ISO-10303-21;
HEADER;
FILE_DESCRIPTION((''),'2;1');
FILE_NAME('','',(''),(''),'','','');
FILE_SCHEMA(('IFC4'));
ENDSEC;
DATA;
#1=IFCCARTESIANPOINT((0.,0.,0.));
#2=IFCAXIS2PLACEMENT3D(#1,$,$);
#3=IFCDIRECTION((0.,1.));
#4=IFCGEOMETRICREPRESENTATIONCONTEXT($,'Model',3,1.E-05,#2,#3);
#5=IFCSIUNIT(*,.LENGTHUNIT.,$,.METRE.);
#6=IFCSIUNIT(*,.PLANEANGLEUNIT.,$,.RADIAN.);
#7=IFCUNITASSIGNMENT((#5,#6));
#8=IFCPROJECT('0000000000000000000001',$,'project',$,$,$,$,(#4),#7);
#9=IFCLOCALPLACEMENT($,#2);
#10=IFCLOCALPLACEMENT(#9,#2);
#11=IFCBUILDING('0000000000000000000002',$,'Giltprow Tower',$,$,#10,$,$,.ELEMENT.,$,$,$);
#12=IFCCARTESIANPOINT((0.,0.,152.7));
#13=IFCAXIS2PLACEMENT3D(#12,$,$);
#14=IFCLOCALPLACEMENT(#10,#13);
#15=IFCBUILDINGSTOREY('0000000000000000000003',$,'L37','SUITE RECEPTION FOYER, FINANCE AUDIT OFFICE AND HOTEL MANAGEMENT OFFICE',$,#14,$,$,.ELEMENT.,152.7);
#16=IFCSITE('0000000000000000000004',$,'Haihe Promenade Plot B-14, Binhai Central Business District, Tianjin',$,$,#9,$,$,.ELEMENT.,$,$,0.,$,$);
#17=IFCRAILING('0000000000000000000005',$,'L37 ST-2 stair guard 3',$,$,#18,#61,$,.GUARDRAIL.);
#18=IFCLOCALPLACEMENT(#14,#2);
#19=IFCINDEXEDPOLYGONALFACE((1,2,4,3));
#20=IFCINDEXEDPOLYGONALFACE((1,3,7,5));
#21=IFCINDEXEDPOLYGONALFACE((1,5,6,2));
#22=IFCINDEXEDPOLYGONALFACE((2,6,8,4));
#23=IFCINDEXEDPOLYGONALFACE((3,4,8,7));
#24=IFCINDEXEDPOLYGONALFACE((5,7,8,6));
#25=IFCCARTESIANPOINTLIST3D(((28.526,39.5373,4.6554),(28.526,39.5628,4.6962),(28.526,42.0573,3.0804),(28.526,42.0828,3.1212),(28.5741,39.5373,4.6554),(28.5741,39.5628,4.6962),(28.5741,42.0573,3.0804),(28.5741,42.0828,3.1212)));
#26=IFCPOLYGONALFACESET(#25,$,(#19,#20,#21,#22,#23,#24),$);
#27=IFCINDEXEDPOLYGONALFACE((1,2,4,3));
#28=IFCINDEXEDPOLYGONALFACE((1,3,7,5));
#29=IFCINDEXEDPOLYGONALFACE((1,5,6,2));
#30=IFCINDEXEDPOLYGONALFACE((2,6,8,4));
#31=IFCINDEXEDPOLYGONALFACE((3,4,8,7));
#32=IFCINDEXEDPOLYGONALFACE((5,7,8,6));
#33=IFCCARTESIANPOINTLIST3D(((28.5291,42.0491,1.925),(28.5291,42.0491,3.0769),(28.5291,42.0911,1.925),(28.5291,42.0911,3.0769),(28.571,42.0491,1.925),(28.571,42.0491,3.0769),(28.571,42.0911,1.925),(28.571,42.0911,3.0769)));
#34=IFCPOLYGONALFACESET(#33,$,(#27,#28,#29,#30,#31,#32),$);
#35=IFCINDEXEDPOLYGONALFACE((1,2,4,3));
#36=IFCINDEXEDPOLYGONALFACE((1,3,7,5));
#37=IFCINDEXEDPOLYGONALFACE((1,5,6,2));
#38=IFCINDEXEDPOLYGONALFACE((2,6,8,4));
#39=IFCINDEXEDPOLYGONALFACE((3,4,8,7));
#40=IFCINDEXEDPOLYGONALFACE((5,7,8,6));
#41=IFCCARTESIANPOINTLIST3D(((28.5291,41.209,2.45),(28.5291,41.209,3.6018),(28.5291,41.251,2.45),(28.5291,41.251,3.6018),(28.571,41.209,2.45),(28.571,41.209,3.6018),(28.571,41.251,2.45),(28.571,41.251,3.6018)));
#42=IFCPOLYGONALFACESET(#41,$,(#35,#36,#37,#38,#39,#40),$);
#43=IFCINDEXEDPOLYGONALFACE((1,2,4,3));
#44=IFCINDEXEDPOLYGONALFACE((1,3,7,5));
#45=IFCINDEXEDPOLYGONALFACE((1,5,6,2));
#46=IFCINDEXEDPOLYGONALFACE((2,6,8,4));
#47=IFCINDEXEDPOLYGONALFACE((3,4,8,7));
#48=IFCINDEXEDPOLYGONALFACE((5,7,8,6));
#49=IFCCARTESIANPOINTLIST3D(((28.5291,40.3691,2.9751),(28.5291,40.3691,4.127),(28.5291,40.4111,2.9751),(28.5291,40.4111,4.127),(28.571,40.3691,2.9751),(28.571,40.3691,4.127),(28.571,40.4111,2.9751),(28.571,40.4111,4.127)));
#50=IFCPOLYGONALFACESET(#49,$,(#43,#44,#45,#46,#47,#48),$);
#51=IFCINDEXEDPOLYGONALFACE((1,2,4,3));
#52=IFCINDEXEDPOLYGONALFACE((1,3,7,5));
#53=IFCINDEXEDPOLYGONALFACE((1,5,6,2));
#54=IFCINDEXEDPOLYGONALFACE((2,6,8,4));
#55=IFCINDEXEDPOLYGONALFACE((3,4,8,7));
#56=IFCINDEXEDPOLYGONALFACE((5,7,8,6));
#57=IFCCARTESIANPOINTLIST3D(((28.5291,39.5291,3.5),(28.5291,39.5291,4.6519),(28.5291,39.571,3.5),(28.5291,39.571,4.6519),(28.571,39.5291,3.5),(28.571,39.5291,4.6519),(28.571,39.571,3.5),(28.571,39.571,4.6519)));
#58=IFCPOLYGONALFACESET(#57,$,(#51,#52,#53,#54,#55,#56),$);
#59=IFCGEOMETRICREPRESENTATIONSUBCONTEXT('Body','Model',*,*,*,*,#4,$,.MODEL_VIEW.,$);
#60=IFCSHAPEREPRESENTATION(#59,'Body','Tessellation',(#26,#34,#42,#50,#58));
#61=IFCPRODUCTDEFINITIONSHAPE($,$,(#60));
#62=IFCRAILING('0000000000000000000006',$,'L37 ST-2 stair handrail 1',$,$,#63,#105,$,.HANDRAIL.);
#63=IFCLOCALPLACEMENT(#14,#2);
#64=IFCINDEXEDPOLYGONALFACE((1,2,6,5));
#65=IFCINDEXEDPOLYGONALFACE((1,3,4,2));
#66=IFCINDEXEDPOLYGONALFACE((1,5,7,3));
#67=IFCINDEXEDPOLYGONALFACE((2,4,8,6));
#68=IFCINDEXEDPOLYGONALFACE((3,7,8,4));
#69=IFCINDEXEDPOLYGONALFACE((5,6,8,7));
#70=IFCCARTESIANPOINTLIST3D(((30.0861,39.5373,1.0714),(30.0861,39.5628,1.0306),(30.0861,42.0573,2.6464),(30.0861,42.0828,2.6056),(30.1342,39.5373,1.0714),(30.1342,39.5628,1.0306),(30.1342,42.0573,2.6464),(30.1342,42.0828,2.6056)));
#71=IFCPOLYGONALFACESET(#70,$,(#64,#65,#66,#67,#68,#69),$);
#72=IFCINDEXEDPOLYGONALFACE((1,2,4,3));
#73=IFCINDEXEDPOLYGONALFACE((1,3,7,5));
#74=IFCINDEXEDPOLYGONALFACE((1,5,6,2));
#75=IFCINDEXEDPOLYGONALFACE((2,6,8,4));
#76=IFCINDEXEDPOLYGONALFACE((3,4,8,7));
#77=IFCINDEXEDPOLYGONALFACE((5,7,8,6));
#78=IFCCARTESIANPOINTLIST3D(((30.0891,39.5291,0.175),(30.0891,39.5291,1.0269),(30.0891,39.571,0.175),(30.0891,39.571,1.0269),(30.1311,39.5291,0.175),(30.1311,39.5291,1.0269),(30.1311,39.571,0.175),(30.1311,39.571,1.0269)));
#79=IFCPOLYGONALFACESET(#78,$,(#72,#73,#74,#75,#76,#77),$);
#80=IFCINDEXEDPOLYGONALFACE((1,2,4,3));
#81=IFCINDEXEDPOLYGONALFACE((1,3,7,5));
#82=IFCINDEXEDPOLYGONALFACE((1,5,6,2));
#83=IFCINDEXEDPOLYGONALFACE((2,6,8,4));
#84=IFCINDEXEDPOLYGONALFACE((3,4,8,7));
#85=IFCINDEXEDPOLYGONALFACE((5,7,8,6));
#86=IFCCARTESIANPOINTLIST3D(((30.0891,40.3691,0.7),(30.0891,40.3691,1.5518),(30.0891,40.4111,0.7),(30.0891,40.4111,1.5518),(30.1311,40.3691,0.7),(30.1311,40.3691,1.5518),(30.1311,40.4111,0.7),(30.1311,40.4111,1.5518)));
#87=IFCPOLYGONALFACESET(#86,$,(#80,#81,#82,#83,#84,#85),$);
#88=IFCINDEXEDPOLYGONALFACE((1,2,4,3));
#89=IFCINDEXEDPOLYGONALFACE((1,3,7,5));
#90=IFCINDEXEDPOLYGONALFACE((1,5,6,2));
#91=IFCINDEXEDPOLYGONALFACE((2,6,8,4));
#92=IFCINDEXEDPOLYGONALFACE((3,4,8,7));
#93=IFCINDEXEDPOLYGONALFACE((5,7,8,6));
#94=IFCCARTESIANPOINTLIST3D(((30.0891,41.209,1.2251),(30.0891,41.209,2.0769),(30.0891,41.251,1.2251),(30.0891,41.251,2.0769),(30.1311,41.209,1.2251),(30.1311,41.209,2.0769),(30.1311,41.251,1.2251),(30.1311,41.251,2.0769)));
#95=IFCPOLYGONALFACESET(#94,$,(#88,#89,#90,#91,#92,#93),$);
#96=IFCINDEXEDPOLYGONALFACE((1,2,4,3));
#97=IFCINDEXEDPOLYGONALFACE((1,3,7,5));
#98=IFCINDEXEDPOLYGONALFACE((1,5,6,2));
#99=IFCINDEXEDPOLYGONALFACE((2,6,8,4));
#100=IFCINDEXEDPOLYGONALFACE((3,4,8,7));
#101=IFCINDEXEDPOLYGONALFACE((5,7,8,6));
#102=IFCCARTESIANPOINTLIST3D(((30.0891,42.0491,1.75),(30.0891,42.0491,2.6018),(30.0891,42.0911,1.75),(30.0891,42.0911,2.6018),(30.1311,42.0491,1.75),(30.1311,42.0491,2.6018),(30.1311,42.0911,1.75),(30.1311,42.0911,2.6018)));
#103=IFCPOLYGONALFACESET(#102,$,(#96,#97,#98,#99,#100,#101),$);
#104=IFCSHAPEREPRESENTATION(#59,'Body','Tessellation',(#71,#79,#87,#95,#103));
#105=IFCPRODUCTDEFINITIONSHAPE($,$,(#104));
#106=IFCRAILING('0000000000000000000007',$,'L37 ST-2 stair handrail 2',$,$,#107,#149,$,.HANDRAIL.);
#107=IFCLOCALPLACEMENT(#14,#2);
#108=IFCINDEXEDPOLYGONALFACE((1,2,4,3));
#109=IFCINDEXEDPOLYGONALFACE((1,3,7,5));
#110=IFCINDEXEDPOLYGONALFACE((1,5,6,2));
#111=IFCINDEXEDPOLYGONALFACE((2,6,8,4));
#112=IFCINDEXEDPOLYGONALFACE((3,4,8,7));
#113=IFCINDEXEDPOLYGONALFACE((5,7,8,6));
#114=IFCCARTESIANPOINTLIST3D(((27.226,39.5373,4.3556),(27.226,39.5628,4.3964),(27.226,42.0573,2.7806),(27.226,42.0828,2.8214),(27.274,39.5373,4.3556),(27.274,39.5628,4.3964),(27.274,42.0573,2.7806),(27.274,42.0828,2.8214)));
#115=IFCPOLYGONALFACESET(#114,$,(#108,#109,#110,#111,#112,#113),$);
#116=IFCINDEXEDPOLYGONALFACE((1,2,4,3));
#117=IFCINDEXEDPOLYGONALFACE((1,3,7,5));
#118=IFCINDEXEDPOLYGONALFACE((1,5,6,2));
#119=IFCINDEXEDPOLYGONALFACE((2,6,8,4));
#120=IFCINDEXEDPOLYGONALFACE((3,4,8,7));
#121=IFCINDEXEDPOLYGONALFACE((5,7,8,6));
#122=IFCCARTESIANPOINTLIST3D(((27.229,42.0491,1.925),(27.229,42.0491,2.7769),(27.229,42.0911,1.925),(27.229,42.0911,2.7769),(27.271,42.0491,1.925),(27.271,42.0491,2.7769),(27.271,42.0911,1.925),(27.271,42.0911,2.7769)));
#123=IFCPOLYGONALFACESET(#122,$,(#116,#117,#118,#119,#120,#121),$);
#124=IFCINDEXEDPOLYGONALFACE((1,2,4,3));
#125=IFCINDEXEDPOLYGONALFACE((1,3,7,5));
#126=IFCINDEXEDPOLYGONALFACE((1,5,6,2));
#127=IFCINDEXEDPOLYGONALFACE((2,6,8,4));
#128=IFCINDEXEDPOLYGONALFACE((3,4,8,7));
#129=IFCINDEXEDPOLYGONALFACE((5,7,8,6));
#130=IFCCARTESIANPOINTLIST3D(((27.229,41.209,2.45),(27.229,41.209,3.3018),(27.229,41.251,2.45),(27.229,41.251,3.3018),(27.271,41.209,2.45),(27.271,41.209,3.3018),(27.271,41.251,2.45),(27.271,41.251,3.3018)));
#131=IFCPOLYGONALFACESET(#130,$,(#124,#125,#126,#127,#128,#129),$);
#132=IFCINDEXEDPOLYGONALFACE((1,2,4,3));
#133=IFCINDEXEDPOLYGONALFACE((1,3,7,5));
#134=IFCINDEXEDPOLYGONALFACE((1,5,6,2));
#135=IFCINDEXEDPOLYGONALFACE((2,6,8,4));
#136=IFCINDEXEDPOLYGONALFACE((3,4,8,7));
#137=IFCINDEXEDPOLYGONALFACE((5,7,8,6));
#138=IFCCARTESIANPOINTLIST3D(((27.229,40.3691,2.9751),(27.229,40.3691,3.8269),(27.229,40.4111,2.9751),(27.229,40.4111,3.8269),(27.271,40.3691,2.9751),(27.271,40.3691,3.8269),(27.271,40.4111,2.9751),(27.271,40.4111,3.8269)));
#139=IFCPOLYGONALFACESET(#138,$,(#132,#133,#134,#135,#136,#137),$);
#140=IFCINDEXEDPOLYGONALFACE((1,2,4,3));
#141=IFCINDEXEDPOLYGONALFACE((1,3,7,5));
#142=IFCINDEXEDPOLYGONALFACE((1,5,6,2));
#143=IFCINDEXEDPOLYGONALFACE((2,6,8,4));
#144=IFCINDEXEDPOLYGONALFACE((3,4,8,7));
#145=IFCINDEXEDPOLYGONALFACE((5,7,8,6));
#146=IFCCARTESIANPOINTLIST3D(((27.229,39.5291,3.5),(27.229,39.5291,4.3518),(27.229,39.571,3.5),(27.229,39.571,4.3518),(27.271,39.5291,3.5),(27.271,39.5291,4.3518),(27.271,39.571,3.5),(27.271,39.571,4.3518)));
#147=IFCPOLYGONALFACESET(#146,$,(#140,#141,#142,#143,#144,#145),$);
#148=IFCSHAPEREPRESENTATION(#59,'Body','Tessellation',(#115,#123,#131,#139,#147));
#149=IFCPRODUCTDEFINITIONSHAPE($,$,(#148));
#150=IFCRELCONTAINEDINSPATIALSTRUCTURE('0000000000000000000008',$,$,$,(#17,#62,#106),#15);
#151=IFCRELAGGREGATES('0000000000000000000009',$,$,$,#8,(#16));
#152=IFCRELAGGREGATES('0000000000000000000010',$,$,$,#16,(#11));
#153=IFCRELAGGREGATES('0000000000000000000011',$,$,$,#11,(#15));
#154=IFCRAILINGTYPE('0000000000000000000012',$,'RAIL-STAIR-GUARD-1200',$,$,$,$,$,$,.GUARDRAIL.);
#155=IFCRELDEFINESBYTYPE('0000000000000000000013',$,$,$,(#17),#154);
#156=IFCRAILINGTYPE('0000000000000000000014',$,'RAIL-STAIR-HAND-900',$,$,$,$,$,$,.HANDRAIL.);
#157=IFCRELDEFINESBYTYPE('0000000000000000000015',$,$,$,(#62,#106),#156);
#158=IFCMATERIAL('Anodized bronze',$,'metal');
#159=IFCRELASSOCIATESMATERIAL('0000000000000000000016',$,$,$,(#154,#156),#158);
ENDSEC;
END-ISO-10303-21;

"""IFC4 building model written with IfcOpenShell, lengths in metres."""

from ifc_helpers import new_model, si_unit, direction, frame, origin, origin_2d, place, context, subcontext, project, spatial, rectangle, extrude, material, type_object, element, save


model = new_model("IFC4")

# Units and contexts
model_context = context("Model", 3, precision=1e-05, world=origin(), true_north=direction((0.0, 1.0)))
body_context = subcontext(model_context, "Body", "Model", "MODEL_VIEW")
ifc_project = project(units=[si_unit("LENGTHUNIT", "METRE"), si_unit("PLANEANGLEUNIT", "RADIAN")], contexts=[model_context])

# Site, building, storey
site_placement = place(None, origin())
site = spatial("IfcSite", under=ifc_project, at=site_placement, Name="Haihe Promenade Plot B-14, Binhai Central Business District, Tianjin", CompositionType="ELEMENT", RefElevation=0.0)
building_placement = place(site_placement, origin())
building = spatial("IfcBuilding", under=site, at=building_placement, Name="Giltprow Tower", CompositionType="ELEMENT")
storey_placement = place(building_placement, frame((0.0, 0.0, 152.7)))
storey = spatial("IfcBuildingStorey", under=building, at=storey_placement, Name="L37", Description="SUITE RECEPTION FOYER, FINANCE AUDIT OFFICE AND HOTEL MANAGEMENT OFFICE", CompositionType="ELEMENT", Elevation=152.7)

# Railings
ifc_material_1 = material(Name="Anodized bronze", Category="metal")
railing_type_1 = type_object("IfcRailingType", Name="RAIL-STAIR-GUARD-1200", PredefinedType="GUARDRAIL", material=ifc_material_1)
railing_1_placement = place(storey_placement, frame((28.55, 42.0701, 1.925)))
element("IfcRailing", 1, at=railing_1_placement, inside=storey, type_object=railing_type_1, Name="L37 ST-2 stair guard 3", PredefinedType="GUARDRAIL", context=body_context, shape_type="SweptSolid", body=[
    extrude(rectangle(XDim=0.0481, YDim=0.0481, at=origin_2d()), frame((0.0, 0.0, 1.1758), z_axis=(0.0, -0.848008, 0.529984), x_axis=(1.0, 0.0, 0.0)), (0.0, 0.0, 1.0), 2.9717),
    extrude(rectangle(XDim=0.042, YDim=0.042, at=origin_2d()), origin(), (0.0, 0.0, 1.0), 1.1519),
    extrude(rectangle(XDim=0.042, YDim=0.042, at=origin_2d()), frame((0.0, -0.8401, 0.5249)), (0.0, 0.0, 1.0), 1.1519),
    extrude(rectangle(XDim=0.042, YDim=0.042, at=origin_2d()), frame((0.0, -1.6799, 1.05)), (0.0, 0.0, 1.0), 1.1519),
    extrude(rectangle(XDim=0.042, YDim=0.042, at=origin_2d()), frame((0.0, -2.52, 1.575)), (0.0, 0.0, 1.0), 1.1519),
])
railing_type_2 = type_object("IfcRailingType", Name="RAIL-STAIR-HAND-900", PredefinedType="HANDRAIL", material=ifc_material_1)
railing_2_placement = place(storey_placement, frame((30.1101, 39.55, 0.175)))
element("IfcRailing", 2, at=railing_2_placement, inside=storey, type_object=railing_type_2, Name="L37 ST-2 stair handrail 1", PredefinedType="HANDRAIL", context=body_context, shape_type="SweptSolid", body=[
    extrude(rectangle(XDim=0.0481, YDim=0.0481, at=origin_2d()), frame((0.0, 0.0, 0.876), z_axis=(0.0, 0.848008, 0.529984), x_axis=(-1.0, 0.0, 0.0)), (0.0, 0.0, 1.0), 2.9717),
    extrude(rectangle(XDim=0.042, YDim=0.042, at=origin_2d()), origin(), (0.0, 0.0, 1.0), 0.8518),
    extrude(rectangle(XDim=0.042, YDim=0.042, at=origin_2d()), frame((0.0, 0.8401, 0.5249)), (0.0, 0.0, 1.0), 0.8518),
    extrude(rectangle(XDim=0.042, YDim=0.042, at=origin_2d()), frame((0.0, 1.6799, 1.05)), (0.0, 0.0, 1.0), 0.8518),
    extrude(rectangle(XDim=0.042, YDim=0.042, at=origin_2d()), frame((0.0, 2.52, 1.575)), (0.0, 0.0, 1.0), 0.8518),
])
railing_3_placement = place(storey_placement, frame((27.25, 42.0701, 1.925)))
element("IfcRailing", 3, at=railing_3_placement, inside=storey, type_object=railing_type_2, Name="L37 ST-2 stair handrail 2", PredefinedType="HANDRAIL", context=body_context, shape_type="SweptSolid", body=[
    extrude(rectangle(XDim=0.0481, YDim=0.0481, at=origin_2d()), frame((0.0, 0.0, 0.876), z_axis=(0.0, -0.848008, 0.529984), x_axis=(1.0, 0.0, 0.0)), (0.0, 0.0, 1.0), 2.9717),
    extrude(rectangle(XDim=0.042, YDim=0.042, at=origin_2d()), origin(), (0.0, 0.0, 1.0), 0.8518),
    extrude(rectangle(XDim=0.042, YDim=0.042, at=origin_2d()), frame((0.0, -0.8401, 0.5249)), (0.0, 0.0, 1.0), 0.8518),
    extrude(rectangle(XDim=0.042, YDim=0.042, at=origin_2d()), frame((0.0, -1.6799, 1.05)), (0.0, 0.0, 1.0), 0.8518),
    extrude(rectangle(XDim=0.042, YDim=0.042, at=origin_2d()), frame((0.0, -2.52, 1.575)), (0.0, 0.0, 1.0), 0.8518),
])

save(model, "model.ifc")
